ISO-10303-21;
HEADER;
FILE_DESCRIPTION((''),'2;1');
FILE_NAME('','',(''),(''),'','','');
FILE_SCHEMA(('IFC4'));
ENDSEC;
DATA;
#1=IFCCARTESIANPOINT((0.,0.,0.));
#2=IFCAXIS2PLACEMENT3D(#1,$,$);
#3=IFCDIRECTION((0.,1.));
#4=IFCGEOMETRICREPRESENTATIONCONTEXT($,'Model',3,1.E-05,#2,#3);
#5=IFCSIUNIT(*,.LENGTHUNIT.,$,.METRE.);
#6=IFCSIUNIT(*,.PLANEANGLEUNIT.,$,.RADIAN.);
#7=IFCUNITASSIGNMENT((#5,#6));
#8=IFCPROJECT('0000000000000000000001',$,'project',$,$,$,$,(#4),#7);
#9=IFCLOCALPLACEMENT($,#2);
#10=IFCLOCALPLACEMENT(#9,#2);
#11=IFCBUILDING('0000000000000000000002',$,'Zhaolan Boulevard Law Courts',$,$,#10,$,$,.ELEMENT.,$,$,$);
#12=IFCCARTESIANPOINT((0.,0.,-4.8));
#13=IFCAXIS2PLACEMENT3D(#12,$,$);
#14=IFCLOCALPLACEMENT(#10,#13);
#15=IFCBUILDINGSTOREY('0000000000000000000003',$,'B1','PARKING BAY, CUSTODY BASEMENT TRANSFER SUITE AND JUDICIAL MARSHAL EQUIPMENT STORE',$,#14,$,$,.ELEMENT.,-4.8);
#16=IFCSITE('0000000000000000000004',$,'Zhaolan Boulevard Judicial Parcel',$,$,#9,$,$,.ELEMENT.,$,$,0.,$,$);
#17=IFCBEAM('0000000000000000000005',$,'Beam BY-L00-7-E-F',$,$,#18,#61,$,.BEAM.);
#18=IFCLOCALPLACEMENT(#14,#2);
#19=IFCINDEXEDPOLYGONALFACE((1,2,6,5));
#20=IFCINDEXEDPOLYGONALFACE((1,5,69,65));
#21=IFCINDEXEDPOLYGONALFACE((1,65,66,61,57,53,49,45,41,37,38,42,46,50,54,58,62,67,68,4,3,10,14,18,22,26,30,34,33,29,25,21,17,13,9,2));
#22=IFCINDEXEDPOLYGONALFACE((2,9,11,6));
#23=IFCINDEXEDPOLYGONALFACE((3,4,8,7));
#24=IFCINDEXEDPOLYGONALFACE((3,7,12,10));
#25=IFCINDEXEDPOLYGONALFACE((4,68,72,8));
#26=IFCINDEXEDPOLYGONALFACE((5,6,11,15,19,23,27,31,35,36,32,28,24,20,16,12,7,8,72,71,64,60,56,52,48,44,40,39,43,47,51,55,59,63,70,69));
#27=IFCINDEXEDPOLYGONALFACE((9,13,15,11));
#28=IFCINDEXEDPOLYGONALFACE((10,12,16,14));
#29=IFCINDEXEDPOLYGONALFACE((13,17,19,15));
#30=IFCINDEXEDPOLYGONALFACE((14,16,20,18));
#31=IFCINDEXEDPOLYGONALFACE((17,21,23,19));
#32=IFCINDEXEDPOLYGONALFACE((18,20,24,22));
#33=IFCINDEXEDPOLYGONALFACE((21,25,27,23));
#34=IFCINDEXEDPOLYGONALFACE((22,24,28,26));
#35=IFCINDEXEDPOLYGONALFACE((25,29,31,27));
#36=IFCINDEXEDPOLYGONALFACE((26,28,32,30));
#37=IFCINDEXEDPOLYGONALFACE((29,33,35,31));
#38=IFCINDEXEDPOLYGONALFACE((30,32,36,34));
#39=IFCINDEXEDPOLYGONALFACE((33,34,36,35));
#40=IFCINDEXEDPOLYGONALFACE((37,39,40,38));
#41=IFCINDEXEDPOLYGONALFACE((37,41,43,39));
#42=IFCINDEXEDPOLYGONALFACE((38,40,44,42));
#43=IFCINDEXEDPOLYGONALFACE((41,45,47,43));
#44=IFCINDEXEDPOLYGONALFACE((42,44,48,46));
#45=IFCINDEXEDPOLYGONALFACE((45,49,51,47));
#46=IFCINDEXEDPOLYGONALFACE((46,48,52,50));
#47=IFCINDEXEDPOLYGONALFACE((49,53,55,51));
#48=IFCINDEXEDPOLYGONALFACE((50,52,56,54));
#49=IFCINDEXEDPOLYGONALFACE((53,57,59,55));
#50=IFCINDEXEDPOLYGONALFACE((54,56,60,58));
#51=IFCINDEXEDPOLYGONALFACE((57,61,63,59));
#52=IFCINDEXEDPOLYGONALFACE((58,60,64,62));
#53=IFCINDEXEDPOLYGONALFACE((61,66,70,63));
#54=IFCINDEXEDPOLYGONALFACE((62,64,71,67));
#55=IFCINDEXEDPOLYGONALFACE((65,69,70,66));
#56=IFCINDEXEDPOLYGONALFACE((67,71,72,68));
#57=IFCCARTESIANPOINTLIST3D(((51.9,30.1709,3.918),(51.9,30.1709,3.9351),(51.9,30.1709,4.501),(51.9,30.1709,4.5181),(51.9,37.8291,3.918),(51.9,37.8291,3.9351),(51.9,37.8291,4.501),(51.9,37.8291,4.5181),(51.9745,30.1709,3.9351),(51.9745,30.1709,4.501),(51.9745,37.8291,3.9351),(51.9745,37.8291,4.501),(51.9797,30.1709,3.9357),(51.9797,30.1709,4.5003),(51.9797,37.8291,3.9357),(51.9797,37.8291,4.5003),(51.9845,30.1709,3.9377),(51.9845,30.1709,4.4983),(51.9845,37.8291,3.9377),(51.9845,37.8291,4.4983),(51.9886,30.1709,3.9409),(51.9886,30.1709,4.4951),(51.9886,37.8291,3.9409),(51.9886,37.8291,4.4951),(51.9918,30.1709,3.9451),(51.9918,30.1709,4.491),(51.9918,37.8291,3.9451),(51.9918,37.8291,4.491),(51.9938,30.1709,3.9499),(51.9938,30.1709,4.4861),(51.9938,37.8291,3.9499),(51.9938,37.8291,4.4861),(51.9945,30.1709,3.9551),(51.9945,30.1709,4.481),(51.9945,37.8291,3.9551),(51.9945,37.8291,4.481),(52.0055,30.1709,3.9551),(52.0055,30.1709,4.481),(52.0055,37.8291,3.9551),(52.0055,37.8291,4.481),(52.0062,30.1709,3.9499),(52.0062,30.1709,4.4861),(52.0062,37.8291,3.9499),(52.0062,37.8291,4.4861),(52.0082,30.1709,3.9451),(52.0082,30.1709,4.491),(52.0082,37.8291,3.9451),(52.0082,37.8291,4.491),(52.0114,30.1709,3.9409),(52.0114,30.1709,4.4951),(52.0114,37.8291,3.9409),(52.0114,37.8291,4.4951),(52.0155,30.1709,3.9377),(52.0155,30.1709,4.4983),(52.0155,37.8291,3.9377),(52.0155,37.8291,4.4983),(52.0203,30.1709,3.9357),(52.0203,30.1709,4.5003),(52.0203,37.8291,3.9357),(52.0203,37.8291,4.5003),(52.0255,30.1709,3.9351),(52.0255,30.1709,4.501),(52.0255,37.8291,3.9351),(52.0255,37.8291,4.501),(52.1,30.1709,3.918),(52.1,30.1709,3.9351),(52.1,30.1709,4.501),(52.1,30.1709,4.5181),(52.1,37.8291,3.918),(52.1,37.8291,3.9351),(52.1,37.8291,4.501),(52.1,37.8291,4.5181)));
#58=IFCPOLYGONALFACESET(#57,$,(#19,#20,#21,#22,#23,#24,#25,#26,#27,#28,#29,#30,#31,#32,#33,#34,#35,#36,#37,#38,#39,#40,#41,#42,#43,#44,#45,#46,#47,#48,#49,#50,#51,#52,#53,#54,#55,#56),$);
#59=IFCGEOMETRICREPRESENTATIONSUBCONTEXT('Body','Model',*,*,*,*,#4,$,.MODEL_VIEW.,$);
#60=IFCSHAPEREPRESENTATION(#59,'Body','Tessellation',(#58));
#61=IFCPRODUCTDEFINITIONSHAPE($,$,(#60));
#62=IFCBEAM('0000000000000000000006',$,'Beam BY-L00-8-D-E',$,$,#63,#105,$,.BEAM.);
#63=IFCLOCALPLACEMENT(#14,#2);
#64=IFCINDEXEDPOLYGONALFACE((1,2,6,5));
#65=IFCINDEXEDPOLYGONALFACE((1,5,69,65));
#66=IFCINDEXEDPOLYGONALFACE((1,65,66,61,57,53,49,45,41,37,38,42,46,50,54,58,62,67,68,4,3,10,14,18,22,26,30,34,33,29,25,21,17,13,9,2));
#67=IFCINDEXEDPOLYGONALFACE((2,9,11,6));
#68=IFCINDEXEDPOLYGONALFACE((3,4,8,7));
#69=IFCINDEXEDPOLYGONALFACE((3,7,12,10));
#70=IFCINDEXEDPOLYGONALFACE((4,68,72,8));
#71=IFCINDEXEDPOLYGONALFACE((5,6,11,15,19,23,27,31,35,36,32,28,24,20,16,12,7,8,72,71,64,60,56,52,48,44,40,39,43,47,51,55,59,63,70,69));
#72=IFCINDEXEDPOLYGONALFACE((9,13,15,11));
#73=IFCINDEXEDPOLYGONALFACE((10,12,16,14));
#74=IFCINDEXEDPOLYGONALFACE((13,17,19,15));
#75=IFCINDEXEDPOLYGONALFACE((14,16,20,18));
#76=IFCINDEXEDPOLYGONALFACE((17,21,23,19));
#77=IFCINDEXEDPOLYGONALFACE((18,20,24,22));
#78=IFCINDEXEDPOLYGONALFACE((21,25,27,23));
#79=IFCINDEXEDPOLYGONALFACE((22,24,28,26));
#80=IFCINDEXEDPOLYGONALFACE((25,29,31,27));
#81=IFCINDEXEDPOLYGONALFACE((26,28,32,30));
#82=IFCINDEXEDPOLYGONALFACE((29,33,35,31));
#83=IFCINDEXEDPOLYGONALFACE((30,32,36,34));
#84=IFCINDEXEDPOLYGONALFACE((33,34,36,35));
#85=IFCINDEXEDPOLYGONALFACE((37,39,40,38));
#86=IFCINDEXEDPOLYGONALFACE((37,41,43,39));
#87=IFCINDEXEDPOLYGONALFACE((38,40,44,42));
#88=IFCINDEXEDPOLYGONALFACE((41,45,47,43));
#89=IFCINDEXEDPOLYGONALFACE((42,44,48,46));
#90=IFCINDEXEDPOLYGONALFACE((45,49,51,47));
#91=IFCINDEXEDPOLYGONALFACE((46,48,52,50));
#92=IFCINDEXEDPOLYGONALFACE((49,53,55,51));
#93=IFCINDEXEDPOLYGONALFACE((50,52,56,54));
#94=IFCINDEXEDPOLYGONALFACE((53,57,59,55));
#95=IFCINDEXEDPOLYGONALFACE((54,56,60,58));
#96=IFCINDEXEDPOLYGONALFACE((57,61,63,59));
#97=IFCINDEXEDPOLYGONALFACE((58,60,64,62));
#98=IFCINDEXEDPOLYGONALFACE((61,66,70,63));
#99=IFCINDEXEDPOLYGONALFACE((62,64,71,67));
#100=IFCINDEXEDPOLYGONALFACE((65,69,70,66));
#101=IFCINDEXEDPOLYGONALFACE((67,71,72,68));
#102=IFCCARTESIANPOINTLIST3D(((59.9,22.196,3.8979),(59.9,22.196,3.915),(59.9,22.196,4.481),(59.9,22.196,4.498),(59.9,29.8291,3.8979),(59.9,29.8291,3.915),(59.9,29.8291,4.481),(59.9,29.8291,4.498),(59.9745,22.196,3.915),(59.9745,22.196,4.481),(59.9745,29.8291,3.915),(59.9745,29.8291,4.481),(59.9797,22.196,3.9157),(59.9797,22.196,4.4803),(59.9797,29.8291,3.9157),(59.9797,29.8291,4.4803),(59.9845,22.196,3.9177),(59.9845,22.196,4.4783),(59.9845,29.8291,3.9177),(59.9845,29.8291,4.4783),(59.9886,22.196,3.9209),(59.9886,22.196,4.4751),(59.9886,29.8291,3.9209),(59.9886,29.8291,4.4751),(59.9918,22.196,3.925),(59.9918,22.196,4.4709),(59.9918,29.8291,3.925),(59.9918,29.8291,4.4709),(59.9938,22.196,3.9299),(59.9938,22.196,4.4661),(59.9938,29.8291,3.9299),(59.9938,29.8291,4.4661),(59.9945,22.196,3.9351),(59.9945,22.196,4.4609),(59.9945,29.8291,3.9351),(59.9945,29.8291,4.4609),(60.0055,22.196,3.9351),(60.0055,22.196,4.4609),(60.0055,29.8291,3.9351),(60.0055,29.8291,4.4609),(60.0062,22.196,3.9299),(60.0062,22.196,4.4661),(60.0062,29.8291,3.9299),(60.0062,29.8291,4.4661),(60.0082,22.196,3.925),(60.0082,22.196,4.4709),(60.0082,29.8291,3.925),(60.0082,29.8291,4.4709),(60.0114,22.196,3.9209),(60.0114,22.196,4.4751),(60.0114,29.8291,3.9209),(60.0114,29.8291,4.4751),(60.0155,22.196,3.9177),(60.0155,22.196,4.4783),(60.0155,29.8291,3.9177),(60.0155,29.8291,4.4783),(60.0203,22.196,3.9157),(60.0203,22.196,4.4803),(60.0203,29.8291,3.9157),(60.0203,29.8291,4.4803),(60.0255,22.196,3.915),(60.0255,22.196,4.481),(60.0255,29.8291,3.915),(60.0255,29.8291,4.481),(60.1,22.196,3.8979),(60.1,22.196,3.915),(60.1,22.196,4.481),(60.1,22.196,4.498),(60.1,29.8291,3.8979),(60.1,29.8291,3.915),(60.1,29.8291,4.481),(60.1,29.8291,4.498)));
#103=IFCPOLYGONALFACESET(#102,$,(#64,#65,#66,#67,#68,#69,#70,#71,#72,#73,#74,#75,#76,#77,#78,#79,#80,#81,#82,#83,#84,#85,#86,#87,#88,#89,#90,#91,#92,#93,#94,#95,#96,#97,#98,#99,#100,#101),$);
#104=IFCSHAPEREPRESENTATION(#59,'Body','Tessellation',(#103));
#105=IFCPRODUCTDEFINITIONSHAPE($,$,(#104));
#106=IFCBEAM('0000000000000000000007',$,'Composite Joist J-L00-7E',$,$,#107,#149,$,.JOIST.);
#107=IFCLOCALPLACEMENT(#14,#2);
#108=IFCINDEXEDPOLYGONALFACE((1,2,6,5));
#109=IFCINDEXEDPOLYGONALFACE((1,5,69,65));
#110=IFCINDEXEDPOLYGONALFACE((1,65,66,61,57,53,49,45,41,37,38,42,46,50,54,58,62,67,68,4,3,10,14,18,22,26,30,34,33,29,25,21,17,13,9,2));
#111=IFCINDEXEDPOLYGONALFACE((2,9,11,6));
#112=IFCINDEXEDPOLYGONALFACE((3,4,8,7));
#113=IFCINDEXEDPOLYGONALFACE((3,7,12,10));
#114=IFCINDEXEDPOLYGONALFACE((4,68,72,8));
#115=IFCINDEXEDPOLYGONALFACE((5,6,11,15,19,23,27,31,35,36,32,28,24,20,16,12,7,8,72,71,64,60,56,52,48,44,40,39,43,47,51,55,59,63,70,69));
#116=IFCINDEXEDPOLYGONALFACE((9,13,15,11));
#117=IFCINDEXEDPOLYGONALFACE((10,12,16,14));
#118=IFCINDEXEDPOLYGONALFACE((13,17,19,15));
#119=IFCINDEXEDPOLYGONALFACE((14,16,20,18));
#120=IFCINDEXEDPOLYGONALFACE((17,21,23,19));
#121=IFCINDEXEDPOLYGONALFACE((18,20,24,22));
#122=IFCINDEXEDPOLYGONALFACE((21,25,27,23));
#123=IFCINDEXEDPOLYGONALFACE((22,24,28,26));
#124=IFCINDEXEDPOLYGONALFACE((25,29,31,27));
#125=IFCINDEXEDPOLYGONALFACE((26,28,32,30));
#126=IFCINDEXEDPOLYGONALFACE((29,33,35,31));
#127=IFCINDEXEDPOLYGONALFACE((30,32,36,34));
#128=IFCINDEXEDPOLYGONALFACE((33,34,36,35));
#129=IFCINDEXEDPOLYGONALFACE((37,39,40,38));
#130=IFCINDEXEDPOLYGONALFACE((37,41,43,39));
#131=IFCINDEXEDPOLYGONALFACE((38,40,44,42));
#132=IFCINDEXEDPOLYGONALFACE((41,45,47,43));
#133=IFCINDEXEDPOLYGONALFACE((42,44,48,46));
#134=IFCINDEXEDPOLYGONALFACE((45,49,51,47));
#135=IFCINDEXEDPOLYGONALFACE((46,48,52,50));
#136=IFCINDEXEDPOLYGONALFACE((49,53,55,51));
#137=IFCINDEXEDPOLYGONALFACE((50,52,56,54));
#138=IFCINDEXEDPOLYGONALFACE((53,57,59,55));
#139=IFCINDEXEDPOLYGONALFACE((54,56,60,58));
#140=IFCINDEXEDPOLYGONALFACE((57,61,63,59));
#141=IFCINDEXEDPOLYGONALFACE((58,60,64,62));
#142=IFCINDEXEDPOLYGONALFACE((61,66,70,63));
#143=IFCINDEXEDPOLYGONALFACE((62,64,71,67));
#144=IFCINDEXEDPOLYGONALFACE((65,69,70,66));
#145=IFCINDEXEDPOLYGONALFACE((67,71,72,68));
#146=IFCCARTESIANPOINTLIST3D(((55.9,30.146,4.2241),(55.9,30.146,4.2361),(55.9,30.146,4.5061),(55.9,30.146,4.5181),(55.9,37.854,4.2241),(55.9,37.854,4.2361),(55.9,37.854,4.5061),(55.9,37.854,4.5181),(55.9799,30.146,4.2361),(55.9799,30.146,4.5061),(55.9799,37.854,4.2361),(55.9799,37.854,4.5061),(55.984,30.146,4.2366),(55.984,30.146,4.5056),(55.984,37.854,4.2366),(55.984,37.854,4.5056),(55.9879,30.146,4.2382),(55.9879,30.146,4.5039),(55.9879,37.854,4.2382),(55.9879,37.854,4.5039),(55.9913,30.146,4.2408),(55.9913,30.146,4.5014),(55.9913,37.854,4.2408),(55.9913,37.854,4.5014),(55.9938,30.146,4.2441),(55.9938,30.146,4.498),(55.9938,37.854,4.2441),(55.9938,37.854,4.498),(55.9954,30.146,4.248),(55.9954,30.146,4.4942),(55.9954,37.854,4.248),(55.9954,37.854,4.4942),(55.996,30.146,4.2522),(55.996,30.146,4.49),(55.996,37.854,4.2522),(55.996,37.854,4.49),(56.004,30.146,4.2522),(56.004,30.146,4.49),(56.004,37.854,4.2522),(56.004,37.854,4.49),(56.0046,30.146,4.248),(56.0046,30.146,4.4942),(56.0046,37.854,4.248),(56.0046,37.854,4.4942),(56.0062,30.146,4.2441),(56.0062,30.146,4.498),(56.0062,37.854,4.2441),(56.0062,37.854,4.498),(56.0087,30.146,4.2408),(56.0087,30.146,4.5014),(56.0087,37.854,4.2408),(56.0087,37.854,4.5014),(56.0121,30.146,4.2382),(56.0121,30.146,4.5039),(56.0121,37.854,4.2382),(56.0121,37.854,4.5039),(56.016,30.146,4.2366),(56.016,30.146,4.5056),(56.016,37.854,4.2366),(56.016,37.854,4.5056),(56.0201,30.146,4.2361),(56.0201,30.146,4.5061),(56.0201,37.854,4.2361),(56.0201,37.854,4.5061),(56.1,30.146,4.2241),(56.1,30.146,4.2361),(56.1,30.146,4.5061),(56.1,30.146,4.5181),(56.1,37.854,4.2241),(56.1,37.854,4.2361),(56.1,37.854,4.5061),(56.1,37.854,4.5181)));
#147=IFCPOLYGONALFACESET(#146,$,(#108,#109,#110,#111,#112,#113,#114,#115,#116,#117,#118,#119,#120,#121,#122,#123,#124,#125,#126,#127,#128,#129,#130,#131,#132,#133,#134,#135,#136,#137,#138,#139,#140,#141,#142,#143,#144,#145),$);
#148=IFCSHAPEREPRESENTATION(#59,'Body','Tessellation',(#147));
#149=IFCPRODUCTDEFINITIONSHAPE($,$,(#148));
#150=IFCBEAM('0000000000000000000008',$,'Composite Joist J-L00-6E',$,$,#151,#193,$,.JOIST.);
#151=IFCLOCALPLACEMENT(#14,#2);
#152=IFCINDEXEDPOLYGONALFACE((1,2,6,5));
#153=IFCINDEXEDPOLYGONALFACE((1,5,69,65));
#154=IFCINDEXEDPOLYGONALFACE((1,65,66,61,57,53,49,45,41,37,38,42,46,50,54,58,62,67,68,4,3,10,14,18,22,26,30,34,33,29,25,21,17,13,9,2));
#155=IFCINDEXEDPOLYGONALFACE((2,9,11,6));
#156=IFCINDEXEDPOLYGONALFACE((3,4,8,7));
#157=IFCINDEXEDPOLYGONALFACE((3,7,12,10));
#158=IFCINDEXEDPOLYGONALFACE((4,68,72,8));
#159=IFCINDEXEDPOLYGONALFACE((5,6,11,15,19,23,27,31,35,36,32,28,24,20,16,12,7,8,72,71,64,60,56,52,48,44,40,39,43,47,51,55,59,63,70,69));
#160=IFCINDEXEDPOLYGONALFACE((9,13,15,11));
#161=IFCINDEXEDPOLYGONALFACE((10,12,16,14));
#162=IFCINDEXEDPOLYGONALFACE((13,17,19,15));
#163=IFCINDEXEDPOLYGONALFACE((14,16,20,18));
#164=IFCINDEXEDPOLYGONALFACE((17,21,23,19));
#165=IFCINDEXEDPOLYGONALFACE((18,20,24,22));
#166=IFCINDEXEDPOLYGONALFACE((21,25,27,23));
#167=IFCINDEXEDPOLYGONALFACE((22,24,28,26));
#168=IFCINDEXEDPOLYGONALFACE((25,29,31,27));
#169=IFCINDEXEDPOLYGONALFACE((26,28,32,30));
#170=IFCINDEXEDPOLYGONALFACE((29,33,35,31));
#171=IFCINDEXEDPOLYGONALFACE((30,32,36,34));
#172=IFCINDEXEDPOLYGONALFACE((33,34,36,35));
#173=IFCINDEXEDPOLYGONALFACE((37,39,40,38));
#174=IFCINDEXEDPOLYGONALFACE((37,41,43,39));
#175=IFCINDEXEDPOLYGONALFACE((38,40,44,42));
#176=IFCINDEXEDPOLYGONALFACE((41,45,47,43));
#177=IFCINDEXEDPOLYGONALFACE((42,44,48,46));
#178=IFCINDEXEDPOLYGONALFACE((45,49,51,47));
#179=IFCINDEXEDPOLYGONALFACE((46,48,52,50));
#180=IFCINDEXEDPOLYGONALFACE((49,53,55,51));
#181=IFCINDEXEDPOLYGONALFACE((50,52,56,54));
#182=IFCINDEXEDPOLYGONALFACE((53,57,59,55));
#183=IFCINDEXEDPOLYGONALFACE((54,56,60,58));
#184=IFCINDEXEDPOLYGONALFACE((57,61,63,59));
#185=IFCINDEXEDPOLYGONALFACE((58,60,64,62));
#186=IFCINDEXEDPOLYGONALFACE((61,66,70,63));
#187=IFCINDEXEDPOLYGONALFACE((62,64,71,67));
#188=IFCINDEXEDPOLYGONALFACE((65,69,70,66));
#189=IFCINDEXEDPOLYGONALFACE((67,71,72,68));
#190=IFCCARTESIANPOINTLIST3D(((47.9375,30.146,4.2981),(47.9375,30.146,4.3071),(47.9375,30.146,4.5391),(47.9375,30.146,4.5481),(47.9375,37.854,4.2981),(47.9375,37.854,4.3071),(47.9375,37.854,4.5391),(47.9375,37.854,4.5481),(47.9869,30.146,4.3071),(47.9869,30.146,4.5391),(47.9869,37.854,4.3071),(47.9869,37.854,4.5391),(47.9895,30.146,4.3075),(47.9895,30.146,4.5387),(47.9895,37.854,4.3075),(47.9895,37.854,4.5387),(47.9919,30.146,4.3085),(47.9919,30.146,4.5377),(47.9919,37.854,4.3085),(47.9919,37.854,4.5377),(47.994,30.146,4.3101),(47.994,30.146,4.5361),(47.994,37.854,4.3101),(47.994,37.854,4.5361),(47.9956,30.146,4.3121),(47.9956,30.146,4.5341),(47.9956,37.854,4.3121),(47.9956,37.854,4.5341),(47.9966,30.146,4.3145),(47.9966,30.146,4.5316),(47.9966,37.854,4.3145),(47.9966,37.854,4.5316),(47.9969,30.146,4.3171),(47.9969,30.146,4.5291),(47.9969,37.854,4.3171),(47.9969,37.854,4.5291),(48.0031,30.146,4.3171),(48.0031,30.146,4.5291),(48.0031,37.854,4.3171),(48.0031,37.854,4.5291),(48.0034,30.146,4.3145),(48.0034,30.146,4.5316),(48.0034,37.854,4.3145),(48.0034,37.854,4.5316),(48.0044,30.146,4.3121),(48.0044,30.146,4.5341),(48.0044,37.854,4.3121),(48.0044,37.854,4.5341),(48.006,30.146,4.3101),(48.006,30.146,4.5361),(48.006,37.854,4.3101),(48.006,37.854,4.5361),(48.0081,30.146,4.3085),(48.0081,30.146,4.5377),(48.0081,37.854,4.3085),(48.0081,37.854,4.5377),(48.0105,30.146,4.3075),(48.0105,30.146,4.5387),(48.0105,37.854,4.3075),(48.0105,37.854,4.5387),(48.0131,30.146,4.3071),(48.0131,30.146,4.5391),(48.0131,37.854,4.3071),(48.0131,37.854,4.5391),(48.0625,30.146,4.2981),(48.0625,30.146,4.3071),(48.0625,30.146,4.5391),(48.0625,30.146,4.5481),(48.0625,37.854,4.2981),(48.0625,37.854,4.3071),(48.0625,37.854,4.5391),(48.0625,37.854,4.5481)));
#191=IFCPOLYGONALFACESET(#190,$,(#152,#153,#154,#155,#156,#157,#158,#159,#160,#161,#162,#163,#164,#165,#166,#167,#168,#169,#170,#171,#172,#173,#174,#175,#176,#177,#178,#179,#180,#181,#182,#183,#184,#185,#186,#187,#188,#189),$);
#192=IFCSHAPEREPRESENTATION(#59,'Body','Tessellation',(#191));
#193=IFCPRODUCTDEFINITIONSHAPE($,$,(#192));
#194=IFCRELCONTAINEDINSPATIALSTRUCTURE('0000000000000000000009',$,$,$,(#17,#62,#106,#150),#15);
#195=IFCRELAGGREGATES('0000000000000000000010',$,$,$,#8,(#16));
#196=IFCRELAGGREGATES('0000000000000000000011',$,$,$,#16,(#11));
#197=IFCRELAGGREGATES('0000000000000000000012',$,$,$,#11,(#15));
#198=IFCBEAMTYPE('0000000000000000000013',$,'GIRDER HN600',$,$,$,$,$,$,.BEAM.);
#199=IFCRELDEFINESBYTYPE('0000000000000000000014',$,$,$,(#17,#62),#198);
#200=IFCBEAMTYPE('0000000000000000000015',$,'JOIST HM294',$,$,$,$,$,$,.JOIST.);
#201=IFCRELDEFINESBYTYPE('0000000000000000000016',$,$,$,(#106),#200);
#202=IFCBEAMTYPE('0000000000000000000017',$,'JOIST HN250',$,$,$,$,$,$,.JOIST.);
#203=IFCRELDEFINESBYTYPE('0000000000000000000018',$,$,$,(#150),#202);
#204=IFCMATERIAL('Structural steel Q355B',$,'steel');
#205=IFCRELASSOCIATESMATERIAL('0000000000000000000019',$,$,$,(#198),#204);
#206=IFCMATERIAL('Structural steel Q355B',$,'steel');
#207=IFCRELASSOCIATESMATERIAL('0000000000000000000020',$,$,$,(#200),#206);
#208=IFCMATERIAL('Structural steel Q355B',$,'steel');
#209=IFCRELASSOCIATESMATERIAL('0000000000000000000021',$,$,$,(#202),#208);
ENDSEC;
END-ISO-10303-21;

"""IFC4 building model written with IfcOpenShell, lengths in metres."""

from ifc_helpers import new_model, si_unit, direction, frame, origin, origin_2d, place, context, subcontext, project, spatial, i_section, extrude, material, material_profile, profile_set, type_object, element, save


model = new_model("IFC4")

# Units and contexts
model_context = context("Model", 3, precision=1e-05, world=origin(), true_north=direction((0.0, 1.0)))
body_context = subcontext(model_context, "Body", "Model", "MODEL_VIEW")
ifc_project = project(units=[si_unit("LENGTHUNIT", "METRE"), si_unit("PLANEANGLEUNIT", "RADIAN")], contexts=[model_context])

# Site, building, storey
site_placement = place(None, origin())
site = spatial("IfcSite", under=ifc_project, at=site_placement, Name="Zhaolan Boulevard Judicial Parcel", CompositionType="ELEMENT", RefElevation=0.0)
building_placement = place(site_placement, origin())
building = spatial("IfcBuilding", under=site, at=building_placement, Name="Zhaolan Boulevard Law Courts", CompositionType="ELEMENT")
storey_placement = place(building_placement, frame((0.0, 0.0, -4.8)))
storey = spatial("IfcBuildingStorey", under=building, at=storey_placement, Name="B1", Description="PARKING BAY, CUSTODY BASEMENT TRANSFER SUITE AND JUDICIAL MARSHAL EQUIPMENT STORE", CompositionType="ELEMENT", Elevation=-4.8)

# Beams
ifc_material_1 = material(Name="Structural steel Q355B", Category="steel")
ifc_material_profile_1 = material_profile(ifc_material_1, i_section(OverallWidth=0.2, OverallDepth=0.6001, WebThickness=0.011, FlangeThickness=0.0171, FilletRadius=0.02, at=origin_2d()), Name="HN600x200")
ifc_profile_set_1 = profile_set([ifc_material_profile_1], Name="Structural steel Q355B")
beam_type_1 = type_object("IfcBeamType", Name="GIRDER HN600", PredefinedType="BEAM", material=ifc_profile_set_1)
for number, where, z_axis, x_axis, name in (
    (1, (52.0, 30.1709, 4.218), (0.0, 1.0, 0.0), (-1.0, 0.0, 0.0), "Beam BY-L00-7-E-F"),
):
    element("IfcBeam", number, at=place(storey_placement, frame(where, z_axis=z_axis, x_axis=x_axis)), inside=storey, type_object=beam_type_1, Name=name, PredefinedType="BEAM", context=body_context, shape_type="SweptSolid", body=[
        extrude(i_section(OverallWidth=0.2, OverallDepth=0.6001, WebThickness=0.011, FlangeThickness=0.0171, FilletRadius=0.02, at=origin_2d()), origin(), (0.0, 0.0, 1.0), 7.6582),
    ])
beam_1_placement = place(storey_placement, frame((60.0, 22.196, 4.198), z_axis=(0.0, 1.0, 0.0), x_axis=(-1.0, 0.0, 0.0)))
element("IfcBeam", 2, at=beam_1_placement, inside=storey, type_object=beam_type_1, Name="Beam BY-L00-8-D-E", PredefinedType="BEAM", context=body_context, shape_type="SweptSolid", body=[
    extrude(i_section(OverallWidth=0.2, OverallDepth=0.6001, WebThickness=0.011, FlangeThickness=0.0171, FilletRadius=0.02, at=origin_2d()), origin(), (0.0, 0.0, 1.0), 7.6331),
])
ifc_material_2 = material(Name="Structural steel Q355B", Category="steel")
ifc_material_profile_2 = material_profile(ifc_material_2, i_section(OverallWidth=0.2, OverallDepth=0.2939, WebThickness=0.0081, FlangeThickness=0.012, FilletRadius=0.0161, at=origin_2d()), Name="HM294x200")
ifc_profile_set_2 = profile_set([ifc_material_profile_2], Name="Structural steel Q355B")
beam_type_2 = type_object("IfcBeamType", Name="JOIST HM294", PredefinedType="JOIST", material=ifc_profile_set_2)
beam_2_placement = place(storey_placement, frame((56.0, 30.146, 4.3711), z_axis=(0.0, 1.0, 0.0), x_axis=(-1.0, 0.0, 0.0)))
element("IfcBeam", 3, at=beam_2_placement, inside=storey, type_object=beam_type_2, Name="Composite Joist J-L00-7E", PredefinedType="JOIST", context=body_context, shape_type="SweptSolid", body=[
    extrude(i_section(OverallWidth=0.2, OverallDepth=0.2939, WebThickness=0.0081, FlangeThickness=0.012, FilletRadius=0.0161, at=origin_2d()), origin(), (0.0, 0.0, 1.0), 7.708),
])
ifc_material_3 = material(Name="Structural steel Q355B", Category="steel")
ifc_material_profile_3 = material_profile(ifc_material_3, i_section(OverallWidth=0.125, OverallDepth=0.25, WebThickness=0.0061, FlangeThickness=0.009, FilletRadius=0.01, at=origin_2d()), Name="HN250x125")
ifc_profile_set_3 = profile_set([ifc_material_profile_3], Name="Structural steel Q355B")
beam_type_3 = type_object("IfcBeamType", Name="JOIST HN250", PredefinedType="JOIST", material=ifc_profile_set_3)
for number, where, z_axis, x_axis, name in (
    (4, (48.0, 30.146, 4.4231), (0.0, 1.0, 0.0), (-1.0, 0.0, 0.0), "Composite Joist J-L00-6E"),
):
    element("IfcBeam", number, at=place(storey_placement, frame(where, z_axis=z_axis, x_axis=x_axis)), inside=storey, type_object=beam_type_3, Name=name, PredefinedType="JOIST", context=body_context, shape_type="SweptSolid", body=[
        extrude(i_section(OverallWidth=0.125, OverallDepth=0.25, WebThickness=0.0061, FlangeThickness=0.009, FilletRadius=0.01, at=origin_2d()), origin(), (0.0, 0.0, 1.0), 7.708),
    ])

save(model, "model.ifc")
